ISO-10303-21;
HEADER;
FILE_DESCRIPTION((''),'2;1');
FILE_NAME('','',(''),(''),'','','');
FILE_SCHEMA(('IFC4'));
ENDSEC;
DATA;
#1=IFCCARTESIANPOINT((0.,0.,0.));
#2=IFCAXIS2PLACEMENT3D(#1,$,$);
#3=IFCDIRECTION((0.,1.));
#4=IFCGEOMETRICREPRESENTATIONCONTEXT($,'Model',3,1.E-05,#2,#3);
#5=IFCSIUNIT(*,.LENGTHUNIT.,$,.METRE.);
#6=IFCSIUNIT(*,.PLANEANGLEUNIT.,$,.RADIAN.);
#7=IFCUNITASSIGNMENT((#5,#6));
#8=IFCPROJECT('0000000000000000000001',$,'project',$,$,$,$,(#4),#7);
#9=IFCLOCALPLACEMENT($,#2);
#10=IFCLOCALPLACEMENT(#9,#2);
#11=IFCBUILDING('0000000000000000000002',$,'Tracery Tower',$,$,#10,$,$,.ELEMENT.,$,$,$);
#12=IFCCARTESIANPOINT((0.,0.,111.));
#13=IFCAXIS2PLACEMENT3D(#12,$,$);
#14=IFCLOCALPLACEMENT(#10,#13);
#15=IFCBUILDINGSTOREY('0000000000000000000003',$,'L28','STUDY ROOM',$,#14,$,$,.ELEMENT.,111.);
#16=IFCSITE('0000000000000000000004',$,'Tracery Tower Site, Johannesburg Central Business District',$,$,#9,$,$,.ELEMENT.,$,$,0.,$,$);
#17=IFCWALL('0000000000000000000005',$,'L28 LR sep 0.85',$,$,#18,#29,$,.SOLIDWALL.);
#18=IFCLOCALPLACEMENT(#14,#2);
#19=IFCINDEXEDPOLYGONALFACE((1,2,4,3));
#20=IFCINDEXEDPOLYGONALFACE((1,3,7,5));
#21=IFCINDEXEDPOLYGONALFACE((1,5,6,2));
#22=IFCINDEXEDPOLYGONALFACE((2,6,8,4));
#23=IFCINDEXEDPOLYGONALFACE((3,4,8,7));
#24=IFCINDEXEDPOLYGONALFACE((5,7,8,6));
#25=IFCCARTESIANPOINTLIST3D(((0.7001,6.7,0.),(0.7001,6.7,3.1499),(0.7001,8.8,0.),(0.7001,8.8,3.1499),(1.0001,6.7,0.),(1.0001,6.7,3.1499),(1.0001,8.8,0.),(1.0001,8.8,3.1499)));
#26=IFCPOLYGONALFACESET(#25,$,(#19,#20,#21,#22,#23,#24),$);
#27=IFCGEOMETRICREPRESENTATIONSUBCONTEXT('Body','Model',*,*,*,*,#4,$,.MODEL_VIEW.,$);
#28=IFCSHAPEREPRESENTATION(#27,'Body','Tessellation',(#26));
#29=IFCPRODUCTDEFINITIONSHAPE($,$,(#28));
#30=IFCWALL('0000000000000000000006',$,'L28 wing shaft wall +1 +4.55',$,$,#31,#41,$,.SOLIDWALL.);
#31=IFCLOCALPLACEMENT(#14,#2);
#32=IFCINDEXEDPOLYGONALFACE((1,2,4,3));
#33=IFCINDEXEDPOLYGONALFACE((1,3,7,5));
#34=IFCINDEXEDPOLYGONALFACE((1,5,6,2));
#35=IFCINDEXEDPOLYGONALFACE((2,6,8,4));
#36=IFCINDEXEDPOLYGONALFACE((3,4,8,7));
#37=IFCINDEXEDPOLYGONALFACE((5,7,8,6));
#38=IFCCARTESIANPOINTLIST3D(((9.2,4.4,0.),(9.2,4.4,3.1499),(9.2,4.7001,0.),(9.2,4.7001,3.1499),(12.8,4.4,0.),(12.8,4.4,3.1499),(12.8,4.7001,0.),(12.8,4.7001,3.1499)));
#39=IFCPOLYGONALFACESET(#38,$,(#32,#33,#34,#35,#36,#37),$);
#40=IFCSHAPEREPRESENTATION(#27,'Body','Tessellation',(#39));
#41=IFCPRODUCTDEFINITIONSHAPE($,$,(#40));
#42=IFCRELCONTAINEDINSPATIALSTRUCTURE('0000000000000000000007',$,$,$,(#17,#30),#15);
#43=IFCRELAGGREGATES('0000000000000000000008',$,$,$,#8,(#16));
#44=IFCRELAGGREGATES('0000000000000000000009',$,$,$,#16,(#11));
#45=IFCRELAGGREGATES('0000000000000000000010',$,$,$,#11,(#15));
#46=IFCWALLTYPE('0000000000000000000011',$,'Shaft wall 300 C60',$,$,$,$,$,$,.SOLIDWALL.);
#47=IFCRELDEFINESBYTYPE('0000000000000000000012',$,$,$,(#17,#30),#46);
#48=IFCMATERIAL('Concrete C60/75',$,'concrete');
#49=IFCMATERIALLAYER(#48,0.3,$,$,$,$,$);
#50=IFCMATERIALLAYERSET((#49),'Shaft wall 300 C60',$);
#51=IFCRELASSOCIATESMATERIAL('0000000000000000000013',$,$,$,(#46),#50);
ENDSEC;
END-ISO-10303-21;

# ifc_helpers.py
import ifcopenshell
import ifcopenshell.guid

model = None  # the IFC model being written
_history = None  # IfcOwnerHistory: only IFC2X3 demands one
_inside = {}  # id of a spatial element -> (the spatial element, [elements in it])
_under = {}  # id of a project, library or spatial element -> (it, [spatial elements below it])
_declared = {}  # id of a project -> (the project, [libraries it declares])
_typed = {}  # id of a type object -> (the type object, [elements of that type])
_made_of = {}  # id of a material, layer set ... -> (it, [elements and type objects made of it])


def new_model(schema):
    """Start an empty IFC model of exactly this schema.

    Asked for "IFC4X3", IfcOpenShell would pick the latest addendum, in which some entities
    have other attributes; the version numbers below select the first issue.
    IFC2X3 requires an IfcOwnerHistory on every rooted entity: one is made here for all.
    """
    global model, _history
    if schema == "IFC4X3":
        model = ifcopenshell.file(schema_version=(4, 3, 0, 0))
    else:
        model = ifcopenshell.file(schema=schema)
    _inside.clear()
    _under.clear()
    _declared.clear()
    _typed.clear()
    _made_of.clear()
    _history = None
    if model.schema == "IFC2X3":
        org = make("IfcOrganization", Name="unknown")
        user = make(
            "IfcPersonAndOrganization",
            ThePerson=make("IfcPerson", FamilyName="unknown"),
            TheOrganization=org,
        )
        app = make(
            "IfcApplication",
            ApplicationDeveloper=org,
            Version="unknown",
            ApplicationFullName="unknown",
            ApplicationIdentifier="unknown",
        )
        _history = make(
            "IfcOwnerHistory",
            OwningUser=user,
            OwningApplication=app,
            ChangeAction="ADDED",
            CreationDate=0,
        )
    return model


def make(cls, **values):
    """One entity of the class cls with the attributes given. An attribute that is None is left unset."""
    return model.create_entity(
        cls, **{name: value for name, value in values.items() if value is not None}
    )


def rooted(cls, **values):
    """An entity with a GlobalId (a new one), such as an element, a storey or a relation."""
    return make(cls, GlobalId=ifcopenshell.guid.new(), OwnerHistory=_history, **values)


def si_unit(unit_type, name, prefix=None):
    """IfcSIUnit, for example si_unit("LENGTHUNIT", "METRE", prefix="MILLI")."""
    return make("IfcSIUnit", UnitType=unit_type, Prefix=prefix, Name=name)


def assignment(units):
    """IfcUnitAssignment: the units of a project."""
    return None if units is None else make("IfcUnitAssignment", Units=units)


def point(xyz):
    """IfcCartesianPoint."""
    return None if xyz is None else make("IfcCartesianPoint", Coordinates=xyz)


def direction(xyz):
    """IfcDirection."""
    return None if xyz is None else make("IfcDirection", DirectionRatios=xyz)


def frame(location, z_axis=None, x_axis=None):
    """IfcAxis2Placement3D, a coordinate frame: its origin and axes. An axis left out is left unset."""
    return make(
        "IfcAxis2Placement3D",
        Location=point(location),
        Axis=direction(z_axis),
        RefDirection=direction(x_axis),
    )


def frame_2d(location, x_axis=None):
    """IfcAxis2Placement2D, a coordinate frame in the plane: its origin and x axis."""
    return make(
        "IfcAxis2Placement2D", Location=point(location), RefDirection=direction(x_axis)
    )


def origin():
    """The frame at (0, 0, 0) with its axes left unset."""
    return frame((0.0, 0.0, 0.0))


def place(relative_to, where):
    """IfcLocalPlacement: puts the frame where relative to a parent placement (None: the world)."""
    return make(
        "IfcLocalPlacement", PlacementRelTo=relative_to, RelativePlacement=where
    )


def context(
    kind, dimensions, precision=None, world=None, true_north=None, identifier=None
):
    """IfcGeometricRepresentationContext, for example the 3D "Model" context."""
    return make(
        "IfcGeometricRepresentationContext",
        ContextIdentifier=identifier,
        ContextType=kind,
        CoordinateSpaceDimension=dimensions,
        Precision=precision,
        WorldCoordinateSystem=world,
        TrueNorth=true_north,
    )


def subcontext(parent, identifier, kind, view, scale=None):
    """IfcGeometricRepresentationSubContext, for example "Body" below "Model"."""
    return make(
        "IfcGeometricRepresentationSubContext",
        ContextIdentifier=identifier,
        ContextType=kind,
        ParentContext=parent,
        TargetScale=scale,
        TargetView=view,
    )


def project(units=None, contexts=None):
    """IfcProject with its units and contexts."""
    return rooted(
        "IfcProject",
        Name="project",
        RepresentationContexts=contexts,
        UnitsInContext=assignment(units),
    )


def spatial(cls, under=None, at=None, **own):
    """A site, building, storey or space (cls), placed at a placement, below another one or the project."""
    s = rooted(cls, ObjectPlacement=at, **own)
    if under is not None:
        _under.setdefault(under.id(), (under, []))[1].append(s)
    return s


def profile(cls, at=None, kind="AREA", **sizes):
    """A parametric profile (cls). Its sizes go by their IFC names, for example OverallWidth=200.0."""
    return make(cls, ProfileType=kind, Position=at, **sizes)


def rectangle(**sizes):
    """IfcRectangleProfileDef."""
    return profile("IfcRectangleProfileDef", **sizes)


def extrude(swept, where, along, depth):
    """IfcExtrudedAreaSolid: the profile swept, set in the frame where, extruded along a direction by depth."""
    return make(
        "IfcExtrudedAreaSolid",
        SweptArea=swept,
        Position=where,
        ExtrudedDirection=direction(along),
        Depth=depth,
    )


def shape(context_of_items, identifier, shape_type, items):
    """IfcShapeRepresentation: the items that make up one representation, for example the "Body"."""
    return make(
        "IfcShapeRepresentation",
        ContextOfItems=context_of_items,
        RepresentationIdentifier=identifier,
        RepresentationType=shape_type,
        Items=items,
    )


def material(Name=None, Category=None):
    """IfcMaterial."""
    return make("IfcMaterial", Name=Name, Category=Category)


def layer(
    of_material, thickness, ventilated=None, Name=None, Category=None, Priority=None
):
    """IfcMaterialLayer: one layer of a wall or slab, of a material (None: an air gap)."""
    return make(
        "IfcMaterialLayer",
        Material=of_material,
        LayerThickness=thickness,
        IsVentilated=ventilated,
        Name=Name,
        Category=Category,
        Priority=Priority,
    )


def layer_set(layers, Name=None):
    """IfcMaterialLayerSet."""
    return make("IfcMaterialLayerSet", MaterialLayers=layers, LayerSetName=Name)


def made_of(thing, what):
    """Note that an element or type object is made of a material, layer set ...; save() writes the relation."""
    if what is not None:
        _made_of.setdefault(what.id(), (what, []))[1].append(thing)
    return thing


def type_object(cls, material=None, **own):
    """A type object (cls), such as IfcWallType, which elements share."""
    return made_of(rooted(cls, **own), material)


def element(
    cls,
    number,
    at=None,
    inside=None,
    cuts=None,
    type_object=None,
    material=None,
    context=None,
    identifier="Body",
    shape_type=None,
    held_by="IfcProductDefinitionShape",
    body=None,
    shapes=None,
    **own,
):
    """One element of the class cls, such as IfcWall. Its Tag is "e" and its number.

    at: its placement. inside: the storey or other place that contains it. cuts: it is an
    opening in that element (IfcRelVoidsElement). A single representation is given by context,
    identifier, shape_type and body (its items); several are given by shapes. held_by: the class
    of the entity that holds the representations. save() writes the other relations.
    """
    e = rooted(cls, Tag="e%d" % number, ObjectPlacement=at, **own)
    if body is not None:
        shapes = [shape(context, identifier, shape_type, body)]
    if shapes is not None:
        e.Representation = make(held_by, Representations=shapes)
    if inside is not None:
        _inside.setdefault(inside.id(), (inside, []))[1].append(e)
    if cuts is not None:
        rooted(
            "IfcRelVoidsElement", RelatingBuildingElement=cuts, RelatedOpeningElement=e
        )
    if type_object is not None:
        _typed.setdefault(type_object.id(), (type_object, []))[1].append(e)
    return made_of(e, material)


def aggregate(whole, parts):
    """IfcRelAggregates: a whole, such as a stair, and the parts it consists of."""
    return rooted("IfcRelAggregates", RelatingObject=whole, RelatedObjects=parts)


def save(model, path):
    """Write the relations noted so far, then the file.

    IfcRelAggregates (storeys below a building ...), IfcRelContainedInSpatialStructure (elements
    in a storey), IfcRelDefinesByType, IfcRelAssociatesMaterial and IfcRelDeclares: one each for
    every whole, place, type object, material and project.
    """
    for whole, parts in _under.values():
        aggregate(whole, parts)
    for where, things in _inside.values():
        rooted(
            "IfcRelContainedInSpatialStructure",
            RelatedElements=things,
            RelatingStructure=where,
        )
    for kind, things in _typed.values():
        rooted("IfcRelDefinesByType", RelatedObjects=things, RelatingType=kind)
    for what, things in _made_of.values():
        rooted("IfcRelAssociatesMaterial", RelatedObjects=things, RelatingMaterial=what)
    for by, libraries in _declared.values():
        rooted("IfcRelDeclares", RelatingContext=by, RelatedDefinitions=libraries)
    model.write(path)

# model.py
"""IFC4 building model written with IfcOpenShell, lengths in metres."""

from ifc_helpers import new_model, si_unit, direction, frame, frame_2d, origin, place, context, subcontext, project, spatial, rectangle, extrude, material, layer, layer_set, type_object, element, save


model = new_model("IFC4")

# Units and contexts
model_context = context("Model", 3, precision=1e-05, world=origin(), true_north=direction((0.0, 1.0)))
body_context = subcontext(model_context, "Body", "Model", "MODEL_VIEW")
ifc_project = project(units=[si_unit("LENGTHUNIT", "METRE"), si_unit("PLANEANGLEUNIT", "RADIAN")], contexts=[model_context])

# Site, building, storey
site_placement = place(None, origin())
site = spatial("IfcSite", under=ifc_project, at=site_placement, Name="Tracery Tower Site, Johannesburg Central Business District", CompositionType="ELEMENT", RefElevation=0.0)
building_placement = place(site_placement, origin())
building = spatial("IfcBuilding", under=site, at=building_placement, Name="Tracery Tower", CompositionType="ELEMENT")
storey_placement = place(building_placement, frame((0.0, 0.0, 111.0)))
storey = spatial("IfcBuildingStorey", under=building, at=storey_placement, Name="L28", Description="STUDY ROOM", CompositionType="ELEMENT", Elevation=111.0)

# Walls
ifc_material_1 = material(Name="Concrete C60/75", Category="concrete")
ifc_layer_1 = layer(ifc_material_1, 0.3)
ifc_layer_set_1 = layer_set([ifc_layer_1], Name="Shaft wall 300 C60")
wall_type_1 = type_object("IfcWallType", Name="Shaft wall 300 C60", PredefinedType="SOLIDWALL", material=ifc_layer_set_1)
wall_1_placement = place(storey_placement, frame((0.8501, 6.7, 0.0), z_axis=(0.0, 0.0, 1.0), x_axis=(0.0, 1.0, 0.0)))
element("IfcWall", 1, at=wall_1_placement, inside=storey, type_object=wall_type_1, Name="L28 LR sep 0.85", PredefinedType="SOLIDWALL", context=body_context, shape_type="SweptSolid", body=[
    extrude(rectangle(XDim=2.1001, YDim=0.3, at=frame_2d((1.05, 0.0))), origin(), (0.0, 0.0, 1.0), 3.1499),
])
wall_2_placement = place(storey_placement, frame((9.2, 4.55, 0.0), z_axis=(0.0, 0.0, 1.0), x_axis=(1.0, 0.0, 0.0)))
element("IfcWall", 2, at=wall_2_placement, inside=storey, type_object=wall_type_1, Name="L28 wing shaft wall +1 +4.55", PredefinedType="SOLIDWALL", context=body_context, shape_type="SweptSolid", body=[
    extrude(rectangle(XDim=3.6001, YDim=0.3, at=frame_2d((1.8, 0.0))), origin(), (0.0, 0.0, 1.0), 3.1499),
])

save(model, "model.ifc")
